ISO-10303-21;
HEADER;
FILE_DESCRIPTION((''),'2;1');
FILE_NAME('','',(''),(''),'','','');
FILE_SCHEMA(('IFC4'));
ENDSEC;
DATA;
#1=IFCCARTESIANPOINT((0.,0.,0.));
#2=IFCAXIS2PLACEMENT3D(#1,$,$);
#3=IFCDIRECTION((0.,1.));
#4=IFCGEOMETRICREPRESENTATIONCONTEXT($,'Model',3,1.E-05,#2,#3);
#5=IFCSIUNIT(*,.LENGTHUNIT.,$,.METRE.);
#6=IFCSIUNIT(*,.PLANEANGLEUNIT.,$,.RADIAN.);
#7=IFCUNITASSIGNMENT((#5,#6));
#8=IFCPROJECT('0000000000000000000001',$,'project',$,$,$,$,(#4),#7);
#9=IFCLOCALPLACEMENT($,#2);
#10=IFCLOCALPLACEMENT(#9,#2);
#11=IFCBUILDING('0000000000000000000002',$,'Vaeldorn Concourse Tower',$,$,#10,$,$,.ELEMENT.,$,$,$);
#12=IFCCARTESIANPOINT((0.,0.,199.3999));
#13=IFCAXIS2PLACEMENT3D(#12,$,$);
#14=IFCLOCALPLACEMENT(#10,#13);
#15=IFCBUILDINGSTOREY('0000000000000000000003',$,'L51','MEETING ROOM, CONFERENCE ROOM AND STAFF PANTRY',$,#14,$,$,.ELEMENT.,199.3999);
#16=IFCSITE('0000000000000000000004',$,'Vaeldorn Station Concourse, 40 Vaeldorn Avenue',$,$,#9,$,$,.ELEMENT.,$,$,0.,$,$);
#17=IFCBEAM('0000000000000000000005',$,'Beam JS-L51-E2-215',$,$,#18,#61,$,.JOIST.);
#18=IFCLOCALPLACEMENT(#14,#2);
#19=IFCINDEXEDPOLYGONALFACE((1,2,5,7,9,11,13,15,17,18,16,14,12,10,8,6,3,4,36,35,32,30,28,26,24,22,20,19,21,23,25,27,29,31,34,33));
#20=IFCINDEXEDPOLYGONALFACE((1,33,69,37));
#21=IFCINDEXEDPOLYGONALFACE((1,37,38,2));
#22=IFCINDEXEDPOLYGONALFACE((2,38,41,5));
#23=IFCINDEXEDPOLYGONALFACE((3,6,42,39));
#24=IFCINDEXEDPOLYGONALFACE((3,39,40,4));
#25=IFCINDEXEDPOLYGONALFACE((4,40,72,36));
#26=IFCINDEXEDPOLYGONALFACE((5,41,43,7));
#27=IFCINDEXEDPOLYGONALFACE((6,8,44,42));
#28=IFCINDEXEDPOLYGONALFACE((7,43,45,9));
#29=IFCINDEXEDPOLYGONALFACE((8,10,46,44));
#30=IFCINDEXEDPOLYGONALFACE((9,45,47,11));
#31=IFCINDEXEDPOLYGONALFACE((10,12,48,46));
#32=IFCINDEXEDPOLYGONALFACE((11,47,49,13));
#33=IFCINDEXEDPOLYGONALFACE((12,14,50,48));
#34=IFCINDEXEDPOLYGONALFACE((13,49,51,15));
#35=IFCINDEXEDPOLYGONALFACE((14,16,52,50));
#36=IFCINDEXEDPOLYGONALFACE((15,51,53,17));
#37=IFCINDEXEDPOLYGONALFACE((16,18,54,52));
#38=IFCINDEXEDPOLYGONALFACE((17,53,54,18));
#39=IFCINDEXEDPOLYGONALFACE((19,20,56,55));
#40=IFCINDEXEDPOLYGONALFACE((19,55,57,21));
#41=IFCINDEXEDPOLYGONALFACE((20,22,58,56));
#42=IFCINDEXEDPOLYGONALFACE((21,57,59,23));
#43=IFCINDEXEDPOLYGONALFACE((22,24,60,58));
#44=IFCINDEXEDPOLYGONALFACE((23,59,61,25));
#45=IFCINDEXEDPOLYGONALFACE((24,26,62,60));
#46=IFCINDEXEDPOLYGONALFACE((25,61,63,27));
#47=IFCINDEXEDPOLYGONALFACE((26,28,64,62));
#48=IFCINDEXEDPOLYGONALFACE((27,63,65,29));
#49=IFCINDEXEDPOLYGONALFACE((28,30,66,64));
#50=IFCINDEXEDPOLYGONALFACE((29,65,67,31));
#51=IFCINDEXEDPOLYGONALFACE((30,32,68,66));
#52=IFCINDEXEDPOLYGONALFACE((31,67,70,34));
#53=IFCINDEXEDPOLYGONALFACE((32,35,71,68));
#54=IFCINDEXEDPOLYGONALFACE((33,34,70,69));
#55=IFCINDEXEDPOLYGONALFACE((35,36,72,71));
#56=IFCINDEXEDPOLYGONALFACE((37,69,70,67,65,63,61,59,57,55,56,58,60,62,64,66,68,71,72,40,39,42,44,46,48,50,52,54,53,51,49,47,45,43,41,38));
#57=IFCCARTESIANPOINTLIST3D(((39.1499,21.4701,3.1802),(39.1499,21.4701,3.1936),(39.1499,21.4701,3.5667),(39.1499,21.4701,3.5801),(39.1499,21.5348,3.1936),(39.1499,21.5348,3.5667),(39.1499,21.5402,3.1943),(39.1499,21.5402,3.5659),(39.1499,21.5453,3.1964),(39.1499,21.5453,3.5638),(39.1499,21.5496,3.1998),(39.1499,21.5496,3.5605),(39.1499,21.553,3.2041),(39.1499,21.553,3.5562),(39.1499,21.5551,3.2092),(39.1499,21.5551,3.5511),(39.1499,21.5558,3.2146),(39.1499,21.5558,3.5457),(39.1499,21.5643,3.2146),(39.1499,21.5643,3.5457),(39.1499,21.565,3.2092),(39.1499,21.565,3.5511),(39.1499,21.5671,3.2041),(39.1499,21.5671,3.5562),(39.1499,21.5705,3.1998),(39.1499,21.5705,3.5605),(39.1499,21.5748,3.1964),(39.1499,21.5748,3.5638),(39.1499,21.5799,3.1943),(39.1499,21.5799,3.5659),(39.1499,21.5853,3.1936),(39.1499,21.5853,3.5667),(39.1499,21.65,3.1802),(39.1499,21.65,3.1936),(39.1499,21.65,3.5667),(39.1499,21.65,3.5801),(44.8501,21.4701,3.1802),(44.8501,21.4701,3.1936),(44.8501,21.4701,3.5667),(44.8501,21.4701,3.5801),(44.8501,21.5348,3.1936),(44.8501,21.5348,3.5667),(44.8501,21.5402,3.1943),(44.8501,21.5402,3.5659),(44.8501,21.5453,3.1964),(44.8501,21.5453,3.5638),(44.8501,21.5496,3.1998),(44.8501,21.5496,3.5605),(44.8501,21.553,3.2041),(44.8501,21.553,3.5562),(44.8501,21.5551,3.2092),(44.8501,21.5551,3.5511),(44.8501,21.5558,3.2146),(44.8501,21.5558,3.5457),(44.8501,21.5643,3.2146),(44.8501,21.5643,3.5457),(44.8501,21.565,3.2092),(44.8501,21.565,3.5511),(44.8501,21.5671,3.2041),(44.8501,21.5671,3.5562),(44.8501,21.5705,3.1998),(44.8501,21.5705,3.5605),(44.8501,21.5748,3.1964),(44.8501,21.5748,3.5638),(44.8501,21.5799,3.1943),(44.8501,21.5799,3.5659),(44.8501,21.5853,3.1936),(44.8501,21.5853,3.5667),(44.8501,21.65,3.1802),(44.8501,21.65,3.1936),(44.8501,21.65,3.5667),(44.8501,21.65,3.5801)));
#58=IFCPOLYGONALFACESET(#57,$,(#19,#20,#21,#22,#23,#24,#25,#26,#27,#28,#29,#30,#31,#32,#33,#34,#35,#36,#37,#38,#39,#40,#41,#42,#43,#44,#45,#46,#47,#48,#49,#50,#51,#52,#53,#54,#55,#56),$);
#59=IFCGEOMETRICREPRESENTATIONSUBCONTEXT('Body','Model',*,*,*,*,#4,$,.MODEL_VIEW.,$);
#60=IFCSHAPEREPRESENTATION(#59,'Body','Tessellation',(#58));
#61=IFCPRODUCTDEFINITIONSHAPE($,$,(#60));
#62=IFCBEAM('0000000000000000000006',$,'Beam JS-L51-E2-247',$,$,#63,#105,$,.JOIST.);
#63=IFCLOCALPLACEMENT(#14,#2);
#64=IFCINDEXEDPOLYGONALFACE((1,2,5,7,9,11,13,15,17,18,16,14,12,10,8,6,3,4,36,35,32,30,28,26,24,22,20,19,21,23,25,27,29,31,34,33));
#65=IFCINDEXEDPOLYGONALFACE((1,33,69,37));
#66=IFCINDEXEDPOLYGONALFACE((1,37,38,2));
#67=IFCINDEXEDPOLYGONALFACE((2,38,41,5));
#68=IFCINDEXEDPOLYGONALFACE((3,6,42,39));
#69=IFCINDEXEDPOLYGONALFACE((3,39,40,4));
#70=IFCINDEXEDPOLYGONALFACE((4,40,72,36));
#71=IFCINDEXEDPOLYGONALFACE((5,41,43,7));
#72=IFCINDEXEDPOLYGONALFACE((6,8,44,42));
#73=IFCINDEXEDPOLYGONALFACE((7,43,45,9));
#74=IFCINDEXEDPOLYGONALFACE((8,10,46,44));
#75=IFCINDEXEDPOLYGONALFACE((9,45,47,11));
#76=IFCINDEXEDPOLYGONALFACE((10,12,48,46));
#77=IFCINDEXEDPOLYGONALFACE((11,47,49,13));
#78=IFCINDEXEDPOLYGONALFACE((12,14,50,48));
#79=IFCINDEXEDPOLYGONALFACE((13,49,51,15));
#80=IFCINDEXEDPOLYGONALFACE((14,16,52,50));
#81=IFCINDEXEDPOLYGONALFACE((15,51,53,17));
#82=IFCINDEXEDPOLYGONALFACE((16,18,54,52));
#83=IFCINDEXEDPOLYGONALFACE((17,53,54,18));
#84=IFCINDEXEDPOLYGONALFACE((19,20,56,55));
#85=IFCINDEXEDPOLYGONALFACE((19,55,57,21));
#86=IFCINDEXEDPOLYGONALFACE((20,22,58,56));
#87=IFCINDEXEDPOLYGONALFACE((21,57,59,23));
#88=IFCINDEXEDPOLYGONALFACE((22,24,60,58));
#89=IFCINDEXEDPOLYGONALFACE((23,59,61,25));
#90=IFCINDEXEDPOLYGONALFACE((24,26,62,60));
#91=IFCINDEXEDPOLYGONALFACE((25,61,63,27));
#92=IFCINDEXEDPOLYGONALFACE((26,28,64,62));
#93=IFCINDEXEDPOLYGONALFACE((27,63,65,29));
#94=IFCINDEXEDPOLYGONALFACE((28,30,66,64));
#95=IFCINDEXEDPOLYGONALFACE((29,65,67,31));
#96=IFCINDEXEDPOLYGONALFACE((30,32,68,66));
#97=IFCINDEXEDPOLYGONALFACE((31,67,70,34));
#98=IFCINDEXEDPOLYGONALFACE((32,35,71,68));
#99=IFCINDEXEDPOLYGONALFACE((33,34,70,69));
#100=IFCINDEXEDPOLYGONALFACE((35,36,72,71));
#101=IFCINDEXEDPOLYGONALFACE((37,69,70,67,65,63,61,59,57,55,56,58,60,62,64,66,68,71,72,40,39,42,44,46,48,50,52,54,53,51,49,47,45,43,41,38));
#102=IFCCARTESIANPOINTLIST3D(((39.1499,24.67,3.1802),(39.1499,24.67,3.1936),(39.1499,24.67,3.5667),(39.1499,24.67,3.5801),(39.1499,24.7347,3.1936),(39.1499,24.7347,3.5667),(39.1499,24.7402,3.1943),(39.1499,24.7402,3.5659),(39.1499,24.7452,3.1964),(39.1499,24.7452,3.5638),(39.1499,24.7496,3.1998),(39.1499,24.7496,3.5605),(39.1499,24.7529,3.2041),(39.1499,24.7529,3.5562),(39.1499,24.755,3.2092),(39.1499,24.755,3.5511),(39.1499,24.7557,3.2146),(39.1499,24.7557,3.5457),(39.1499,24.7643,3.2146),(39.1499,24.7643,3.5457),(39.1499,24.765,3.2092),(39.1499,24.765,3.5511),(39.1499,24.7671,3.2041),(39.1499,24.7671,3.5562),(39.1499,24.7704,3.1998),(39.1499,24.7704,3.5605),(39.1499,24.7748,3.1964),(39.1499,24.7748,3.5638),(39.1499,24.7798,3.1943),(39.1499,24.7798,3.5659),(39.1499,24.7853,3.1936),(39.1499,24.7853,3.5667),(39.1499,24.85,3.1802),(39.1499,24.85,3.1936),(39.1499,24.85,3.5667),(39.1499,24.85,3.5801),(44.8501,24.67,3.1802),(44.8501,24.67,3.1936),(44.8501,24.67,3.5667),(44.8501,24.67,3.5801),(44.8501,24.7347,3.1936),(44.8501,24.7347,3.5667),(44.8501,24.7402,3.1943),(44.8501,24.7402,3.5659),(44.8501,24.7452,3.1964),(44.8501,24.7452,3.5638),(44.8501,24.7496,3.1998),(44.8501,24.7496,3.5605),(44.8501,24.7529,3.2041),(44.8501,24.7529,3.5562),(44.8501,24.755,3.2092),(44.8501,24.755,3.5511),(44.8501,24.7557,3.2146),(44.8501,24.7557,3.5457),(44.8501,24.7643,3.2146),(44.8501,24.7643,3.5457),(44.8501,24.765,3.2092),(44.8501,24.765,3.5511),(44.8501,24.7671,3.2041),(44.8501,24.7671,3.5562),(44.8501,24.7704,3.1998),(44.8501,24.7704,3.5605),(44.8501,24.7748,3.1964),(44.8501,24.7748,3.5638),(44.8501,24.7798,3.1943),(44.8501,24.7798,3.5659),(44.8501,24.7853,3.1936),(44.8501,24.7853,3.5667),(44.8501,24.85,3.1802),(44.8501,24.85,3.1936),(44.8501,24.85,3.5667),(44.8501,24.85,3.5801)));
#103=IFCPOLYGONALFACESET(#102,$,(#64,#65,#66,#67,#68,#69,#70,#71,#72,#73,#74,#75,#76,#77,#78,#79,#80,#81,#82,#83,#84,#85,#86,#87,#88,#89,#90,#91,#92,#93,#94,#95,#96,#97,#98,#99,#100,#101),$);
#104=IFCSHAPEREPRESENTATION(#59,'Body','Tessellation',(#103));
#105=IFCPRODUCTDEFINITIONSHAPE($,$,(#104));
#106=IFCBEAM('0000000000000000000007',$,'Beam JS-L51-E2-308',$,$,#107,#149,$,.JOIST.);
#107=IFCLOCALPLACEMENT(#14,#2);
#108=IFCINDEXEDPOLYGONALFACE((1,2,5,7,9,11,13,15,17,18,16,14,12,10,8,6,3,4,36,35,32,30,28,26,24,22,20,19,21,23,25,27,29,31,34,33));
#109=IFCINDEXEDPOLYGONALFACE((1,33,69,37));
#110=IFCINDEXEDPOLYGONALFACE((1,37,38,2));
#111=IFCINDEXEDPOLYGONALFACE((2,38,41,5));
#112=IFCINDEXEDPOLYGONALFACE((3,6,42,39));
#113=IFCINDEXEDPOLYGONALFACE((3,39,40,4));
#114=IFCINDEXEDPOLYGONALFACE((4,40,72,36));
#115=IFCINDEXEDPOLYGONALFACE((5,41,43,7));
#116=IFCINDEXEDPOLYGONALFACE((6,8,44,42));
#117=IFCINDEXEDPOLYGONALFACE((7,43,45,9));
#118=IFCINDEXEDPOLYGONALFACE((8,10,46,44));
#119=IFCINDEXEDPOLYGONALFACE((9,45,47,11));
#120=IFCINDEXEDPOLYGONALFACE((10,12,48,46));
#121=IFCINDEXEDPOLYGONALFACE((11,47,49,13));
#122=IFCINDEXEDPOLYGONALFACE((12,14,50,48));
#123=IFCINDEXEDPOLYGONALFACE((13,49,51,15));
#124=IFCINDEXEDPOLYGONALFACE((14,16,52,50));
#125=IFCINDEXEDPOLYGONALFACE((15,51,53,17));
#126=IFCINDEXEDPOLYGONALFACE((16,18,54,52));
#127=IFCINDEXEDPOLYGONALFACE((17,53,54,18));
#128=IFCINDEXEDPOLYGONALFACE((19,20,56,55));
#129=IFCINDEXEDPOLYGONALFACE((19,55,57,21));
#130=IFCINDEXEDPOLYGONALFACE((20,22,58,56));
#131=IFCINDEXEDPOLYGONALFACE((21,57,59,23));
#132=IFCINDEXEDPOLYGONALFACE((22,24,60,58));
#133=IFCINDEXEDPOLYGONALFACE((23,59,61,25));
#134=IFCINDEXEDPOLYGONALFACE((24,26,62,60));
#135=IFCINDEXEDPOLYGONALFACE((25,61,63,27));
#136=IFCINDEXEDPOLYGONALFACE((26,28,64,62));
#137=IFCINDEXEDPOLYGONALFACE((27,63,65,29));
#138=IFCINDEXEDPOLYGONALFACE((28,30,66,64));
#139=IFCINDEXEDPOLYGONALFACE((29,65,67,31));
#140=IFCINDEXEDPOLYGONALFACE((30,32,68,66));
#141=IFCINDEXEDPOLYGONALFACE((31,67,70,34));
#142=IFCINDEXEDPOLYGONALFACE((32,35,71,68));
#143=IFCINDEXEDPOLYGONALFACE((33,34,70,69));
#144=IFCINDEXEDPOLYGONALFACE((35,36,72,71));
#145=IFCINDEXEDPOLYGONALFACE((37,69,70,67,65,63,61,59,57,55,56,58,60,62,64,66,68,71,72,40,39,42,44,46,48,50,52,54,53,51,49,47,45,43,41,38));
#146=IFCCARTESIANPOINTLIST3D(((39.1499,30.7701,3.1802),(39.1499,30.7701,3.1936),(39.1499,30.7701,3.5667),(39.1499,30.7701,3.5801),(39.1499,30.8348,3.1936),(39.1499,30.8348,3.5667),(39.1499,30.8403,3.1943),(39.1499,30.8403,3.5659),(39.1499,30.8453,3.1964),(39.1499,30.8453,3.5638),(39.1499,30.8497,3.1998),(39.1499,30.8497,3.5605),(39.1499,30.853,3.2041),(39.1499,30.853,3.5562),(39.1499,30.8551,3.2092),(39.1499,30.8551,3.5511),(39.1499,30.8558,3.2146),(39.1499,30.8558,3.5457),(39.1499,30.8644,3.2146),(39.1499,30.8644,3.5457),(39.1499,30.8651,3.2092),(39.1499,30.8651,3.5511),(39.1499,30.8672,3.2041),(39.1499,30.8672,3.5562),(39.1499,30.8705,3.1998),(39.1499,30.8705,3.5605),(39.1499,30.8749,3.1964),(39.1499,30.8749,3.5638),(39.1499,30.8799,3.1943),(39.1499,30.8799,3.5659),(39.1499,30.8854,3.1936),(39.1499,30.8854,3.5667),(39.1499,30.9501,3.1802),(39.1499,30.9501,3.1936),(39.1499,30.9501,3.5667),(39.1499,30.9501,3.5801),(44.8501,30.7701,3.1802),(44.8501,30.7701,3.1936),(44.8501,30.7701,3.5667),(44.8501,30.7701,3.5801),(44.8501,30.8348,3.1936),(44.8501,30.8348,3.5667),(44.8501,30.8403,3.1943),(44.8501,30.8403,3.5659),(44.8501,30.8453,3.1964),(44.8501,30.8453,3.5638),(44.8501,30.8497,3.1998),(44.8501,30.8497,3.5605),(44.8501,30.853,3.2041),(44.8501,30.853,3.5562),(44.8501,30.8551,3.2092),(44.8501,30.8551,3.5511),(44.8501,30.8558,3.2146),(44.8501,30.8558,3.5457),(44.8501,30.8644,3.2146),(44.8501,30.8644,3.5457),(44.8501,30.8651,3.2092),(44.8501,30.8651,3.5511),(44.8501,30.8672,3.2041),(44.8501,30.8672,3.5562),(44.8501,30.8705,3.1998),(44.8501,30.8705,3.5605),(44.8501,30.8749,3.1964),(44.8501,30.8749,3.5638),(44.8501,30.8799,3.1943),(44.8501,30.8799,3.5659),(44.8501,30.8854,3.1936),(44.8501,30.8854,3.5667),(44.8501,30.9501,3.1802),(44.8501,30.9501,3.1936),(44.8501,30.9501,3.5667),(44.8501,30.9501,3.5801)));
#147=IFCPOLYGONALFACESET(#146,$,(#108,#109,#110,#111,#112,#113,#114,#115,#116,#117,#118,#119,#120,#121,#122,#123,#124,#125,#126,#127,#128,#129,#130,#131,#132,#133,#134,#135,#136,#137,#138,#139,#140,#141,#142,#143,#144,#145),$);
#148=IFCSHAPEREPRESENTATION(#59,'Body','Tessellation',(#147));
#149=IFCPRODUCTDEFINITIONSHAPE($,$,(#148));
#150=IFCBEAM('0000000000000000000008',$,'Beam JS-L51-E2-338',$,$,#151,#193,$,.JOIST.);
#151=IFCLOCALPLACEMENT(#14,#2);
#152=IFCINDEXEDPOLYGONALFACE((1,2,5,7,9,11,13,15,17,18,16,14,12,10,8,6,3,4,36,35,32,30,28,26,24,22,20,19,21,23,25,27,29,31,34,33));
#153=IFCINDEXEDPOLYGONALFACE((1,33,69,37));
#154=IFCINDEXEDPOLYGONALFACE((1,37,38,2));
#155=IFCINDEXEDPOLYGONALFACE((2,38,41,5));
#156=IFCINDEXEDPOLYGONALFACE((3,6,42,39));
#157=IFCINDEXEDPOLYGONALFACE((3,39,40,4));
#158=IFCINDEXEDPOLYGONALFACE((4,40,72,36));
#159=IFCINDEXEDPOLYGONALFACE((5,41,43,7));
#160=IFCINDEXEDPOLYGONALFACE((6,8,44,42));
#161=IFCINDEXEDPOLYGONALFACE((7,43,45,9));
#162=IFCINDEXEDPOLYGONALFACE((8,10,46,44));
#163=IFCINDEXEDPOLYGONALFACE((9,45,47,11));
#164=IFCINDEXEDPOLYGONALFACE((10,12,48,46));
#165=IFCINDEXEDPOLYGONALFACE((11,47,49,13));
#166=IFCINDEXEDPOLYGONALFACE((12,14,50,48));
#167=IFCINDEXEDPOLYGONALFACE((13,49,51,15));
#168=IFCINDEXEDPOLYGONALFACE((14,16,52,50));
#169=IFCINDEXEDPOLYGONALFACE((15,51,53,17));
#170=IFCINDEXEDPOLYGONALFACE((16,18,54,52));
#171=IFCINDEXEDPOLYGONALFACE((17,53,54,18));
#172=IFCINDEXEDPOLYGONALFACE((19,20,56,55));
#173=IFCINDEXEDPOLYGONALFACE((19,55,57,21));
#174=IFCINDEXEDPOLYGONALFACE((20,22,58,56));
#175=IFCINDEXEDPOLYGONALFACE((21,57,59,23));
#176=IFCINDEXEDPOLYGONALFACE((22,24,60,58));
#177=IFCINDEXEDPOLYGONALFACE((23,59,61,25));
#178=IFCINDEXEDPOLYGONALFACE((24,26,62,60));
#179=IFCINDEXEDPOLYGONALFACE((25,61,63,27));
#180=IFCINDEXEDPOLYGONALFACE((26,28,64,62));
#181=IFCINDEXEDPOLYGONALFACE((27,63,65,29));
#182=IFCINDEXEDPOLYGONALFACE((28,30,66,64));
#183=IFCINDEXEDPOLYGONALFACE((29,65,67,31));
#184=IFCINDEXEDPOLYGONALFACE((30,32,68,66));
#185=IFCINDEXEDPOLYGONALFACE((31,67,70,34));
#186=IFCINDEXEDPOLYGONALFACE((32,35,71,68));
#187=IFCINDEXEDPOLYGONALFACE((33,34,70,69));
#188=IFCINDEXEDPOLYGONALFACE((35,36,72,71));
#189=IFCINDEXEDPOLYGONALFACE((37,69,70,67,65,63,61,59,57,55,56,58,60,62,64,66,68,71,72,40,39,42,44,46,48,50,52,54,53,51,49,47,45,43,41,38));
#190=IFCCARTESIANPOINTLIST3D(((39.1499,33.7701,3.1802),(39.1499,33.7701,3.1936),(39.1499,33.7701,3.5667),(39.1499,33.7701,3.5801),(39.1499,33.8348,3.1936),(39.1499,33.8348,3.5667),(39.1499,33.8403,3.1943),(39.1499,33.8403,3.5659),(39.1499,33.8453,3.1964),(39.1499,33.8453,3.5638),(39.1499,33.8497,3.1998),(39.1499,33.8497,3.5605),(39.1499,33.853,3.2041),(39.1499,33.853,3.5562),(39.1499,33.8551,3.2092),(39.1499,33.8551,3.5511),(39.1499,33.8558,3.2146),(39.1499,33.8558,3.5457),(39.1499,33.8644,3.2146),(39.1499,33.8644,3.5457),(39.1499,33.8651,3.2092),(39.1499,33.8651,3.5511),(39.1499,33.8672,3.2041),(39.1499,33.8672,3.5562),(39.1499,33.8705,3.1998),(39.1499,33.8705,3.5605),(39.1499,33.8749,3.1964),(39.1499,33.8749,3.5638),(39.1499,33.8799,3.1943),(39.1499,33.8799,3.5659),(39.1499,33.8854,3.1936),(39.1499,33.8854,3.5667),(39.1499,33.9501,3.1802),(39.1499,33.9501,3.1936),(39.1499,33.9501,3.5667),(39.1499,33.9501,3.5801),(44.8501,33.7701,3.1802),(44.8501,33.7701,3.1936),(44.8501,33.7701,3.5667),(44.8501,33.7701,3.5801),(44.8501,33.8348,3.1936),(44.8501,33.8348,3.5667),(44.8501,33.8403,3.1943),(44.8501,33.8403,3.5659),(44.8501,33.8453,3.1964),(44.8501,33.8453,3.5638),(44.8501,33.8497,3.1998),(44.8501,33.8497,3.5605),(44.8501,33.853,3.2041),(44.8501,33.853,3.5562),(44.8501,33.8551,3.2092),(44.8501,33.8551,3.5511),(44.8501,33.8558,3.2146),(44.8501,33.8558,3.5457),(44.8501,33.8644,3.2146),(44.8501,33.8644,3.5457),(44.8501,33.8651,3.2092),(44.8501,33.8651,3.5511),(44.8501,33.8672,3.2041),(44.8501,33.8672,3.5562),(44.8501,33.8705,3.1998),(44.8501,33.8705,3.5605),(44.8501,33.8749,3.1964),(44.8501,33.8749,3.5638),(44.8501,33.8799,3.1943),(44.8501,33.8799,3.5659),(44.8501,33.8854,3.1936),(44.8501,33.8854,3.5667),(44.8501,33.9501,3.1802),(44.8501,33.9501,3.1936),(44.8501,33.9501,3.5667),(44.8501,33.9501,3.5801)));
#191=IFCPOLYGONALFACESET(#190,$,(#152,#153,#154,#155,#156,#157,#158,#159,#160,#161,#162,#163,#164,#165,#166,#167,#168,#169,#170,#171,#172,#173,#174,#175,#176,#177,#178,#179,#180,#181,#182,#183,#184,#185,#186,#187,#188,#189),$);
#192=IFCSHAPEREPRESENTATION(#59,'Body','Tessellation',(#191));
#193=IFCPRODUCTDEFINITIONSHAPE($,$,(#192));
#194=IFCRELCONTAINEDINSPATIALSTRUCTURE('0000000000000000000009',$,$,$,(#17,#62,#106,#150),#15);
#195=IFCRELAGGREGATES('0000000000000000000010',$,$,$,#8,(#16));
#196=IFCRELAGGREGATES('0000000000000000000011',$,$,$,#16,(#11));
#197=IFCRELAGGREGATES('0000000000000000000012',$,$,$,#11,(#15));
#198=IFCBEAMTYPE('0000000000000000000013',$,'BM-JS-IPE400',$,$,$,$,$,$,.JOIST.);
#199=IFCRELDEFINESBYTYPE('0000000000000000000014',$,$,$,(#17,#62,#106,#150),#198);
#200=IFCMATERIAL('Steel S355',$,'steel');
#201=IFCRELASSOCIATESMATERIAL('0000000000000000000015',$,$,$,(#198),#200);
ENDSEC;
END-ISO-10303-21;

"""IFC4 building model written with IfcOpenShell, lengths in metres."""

from ifc_helpers import new_model, si_unit, direction, frame, origin, origin_2d, place, context, subcontext, project, spatial, i_section, extrude, source, transform, mapped, material, material_profile, profile_set, type_object, element, save


model = new_model("IFC4")

# Units and contexts
model_context = context("Model", 3, precision=1e-05, world=origin(), true_north=direction((0.0, 1.0)))
body_context = subcontext(model_context, "Body", "Model", "MODEL_VIEW")
ifc_project = project(units=[si_unit("LENGTHUNIT", "METRE"), si_unit("PLANEANGLEUNIT", "RADIAN")], contexts=[model_context])

# Site, building, storey
site_placement = place(None, origin())
site = spatial("IfcSite", under=ifc_project, at=site_placement, Name="Vaeldorn Station Concourse, 40 Vaeldorn Avenue", CompositionType="ELEMENT", RefElevation=0.0)
building_placement = place(site_placement, origin())
building = spatial("IfcBuilding", under=site, at=building_placement, Name="Vaeldorn Concourse Tower", CompositionType="ELEMENT")
storey_placement = place(building_placement, frame((0.0, 0.0, 199.3999)))
storey = spatial("IfcBuildingStorey", under=building, at=storey_placement, Name="L51", Description="MEETING ROOM, CONFERENCE ROOM AND STAFF PANTRY", CompositionType="ELEMENT", Elevation=199.3999)

# Shared definitions
ifc_material_1 = material(Name="Steel S355", Category="steel")

# Beams
ifc_material_profile_1 = material_profile(ifc_material_1, i_section(OverallWidth=0.1799, OverallDepth=0.3999, WebThickness=0.0085, FlangeThickness=0.0134, FilletRadius=0.021, at=origin_2d()), Name="IPE 400")
ifc_profile_set_1 = profile_set([ifc_material_profile_1], Name="Steel S355")
beam_type_1 = type_object("IfcBeamType", Name="BM-JS-IPE400", PredefinedType="JOIST", material=ifc_profile_set_1)
shared_shape_1 = source(origin(), body_context, "Body", "SweptSolid", [
    extrude(i_section(OverallWidth=0.1799, OverallDepth=0.3999, WebThickness=0.0085, FlangeThickness=0.0134, FilletRadius=0.021, at=origin_2d()), origin(), (0.0, 0.0, 1.0), 5.7002),
])
for number, where, z_axis, x_axis, name in (
    (1, (39.1499, 21.5601, 3.3801), (1.0, 0.0, 0.0), (0.0, 1.0, 0.0), "Beam JS-L51-E2-215"),
    (2, (39.1499, 24.76, 3.3801), (1.0, 0.0, 0.0), (0.0, 1.0, 0.0), "Beam JS-L51-E2-247"),
    (3, (39.1499, 30.8601, 3.3801), (1.0, 0.0, 0.0), (0.0, 1.0, 0.0), "Beam JS-L51-E2-308"),
    (4, (39.1499, 33.8601, 3.3801), (1.0, 0.0, 0.0), (0.0, 1.0, 0.0), "Beam JS-L51-E2-338"),
):
    element("IfcBeam", number, at=place(storey_placement, frame(where, z_axis=z_axis, x_axis=x_axis)), inside=storey, type_object=beam_type_1, Name=name, PredefinedType="JOIST", context=body_context, shape_type="MappedRepresentation", body=[
        mapped(shared_shape_1, transform((0.0, 0.0, 0.0), scale=1.0)),
    ])

save(model, "model.ifc")
